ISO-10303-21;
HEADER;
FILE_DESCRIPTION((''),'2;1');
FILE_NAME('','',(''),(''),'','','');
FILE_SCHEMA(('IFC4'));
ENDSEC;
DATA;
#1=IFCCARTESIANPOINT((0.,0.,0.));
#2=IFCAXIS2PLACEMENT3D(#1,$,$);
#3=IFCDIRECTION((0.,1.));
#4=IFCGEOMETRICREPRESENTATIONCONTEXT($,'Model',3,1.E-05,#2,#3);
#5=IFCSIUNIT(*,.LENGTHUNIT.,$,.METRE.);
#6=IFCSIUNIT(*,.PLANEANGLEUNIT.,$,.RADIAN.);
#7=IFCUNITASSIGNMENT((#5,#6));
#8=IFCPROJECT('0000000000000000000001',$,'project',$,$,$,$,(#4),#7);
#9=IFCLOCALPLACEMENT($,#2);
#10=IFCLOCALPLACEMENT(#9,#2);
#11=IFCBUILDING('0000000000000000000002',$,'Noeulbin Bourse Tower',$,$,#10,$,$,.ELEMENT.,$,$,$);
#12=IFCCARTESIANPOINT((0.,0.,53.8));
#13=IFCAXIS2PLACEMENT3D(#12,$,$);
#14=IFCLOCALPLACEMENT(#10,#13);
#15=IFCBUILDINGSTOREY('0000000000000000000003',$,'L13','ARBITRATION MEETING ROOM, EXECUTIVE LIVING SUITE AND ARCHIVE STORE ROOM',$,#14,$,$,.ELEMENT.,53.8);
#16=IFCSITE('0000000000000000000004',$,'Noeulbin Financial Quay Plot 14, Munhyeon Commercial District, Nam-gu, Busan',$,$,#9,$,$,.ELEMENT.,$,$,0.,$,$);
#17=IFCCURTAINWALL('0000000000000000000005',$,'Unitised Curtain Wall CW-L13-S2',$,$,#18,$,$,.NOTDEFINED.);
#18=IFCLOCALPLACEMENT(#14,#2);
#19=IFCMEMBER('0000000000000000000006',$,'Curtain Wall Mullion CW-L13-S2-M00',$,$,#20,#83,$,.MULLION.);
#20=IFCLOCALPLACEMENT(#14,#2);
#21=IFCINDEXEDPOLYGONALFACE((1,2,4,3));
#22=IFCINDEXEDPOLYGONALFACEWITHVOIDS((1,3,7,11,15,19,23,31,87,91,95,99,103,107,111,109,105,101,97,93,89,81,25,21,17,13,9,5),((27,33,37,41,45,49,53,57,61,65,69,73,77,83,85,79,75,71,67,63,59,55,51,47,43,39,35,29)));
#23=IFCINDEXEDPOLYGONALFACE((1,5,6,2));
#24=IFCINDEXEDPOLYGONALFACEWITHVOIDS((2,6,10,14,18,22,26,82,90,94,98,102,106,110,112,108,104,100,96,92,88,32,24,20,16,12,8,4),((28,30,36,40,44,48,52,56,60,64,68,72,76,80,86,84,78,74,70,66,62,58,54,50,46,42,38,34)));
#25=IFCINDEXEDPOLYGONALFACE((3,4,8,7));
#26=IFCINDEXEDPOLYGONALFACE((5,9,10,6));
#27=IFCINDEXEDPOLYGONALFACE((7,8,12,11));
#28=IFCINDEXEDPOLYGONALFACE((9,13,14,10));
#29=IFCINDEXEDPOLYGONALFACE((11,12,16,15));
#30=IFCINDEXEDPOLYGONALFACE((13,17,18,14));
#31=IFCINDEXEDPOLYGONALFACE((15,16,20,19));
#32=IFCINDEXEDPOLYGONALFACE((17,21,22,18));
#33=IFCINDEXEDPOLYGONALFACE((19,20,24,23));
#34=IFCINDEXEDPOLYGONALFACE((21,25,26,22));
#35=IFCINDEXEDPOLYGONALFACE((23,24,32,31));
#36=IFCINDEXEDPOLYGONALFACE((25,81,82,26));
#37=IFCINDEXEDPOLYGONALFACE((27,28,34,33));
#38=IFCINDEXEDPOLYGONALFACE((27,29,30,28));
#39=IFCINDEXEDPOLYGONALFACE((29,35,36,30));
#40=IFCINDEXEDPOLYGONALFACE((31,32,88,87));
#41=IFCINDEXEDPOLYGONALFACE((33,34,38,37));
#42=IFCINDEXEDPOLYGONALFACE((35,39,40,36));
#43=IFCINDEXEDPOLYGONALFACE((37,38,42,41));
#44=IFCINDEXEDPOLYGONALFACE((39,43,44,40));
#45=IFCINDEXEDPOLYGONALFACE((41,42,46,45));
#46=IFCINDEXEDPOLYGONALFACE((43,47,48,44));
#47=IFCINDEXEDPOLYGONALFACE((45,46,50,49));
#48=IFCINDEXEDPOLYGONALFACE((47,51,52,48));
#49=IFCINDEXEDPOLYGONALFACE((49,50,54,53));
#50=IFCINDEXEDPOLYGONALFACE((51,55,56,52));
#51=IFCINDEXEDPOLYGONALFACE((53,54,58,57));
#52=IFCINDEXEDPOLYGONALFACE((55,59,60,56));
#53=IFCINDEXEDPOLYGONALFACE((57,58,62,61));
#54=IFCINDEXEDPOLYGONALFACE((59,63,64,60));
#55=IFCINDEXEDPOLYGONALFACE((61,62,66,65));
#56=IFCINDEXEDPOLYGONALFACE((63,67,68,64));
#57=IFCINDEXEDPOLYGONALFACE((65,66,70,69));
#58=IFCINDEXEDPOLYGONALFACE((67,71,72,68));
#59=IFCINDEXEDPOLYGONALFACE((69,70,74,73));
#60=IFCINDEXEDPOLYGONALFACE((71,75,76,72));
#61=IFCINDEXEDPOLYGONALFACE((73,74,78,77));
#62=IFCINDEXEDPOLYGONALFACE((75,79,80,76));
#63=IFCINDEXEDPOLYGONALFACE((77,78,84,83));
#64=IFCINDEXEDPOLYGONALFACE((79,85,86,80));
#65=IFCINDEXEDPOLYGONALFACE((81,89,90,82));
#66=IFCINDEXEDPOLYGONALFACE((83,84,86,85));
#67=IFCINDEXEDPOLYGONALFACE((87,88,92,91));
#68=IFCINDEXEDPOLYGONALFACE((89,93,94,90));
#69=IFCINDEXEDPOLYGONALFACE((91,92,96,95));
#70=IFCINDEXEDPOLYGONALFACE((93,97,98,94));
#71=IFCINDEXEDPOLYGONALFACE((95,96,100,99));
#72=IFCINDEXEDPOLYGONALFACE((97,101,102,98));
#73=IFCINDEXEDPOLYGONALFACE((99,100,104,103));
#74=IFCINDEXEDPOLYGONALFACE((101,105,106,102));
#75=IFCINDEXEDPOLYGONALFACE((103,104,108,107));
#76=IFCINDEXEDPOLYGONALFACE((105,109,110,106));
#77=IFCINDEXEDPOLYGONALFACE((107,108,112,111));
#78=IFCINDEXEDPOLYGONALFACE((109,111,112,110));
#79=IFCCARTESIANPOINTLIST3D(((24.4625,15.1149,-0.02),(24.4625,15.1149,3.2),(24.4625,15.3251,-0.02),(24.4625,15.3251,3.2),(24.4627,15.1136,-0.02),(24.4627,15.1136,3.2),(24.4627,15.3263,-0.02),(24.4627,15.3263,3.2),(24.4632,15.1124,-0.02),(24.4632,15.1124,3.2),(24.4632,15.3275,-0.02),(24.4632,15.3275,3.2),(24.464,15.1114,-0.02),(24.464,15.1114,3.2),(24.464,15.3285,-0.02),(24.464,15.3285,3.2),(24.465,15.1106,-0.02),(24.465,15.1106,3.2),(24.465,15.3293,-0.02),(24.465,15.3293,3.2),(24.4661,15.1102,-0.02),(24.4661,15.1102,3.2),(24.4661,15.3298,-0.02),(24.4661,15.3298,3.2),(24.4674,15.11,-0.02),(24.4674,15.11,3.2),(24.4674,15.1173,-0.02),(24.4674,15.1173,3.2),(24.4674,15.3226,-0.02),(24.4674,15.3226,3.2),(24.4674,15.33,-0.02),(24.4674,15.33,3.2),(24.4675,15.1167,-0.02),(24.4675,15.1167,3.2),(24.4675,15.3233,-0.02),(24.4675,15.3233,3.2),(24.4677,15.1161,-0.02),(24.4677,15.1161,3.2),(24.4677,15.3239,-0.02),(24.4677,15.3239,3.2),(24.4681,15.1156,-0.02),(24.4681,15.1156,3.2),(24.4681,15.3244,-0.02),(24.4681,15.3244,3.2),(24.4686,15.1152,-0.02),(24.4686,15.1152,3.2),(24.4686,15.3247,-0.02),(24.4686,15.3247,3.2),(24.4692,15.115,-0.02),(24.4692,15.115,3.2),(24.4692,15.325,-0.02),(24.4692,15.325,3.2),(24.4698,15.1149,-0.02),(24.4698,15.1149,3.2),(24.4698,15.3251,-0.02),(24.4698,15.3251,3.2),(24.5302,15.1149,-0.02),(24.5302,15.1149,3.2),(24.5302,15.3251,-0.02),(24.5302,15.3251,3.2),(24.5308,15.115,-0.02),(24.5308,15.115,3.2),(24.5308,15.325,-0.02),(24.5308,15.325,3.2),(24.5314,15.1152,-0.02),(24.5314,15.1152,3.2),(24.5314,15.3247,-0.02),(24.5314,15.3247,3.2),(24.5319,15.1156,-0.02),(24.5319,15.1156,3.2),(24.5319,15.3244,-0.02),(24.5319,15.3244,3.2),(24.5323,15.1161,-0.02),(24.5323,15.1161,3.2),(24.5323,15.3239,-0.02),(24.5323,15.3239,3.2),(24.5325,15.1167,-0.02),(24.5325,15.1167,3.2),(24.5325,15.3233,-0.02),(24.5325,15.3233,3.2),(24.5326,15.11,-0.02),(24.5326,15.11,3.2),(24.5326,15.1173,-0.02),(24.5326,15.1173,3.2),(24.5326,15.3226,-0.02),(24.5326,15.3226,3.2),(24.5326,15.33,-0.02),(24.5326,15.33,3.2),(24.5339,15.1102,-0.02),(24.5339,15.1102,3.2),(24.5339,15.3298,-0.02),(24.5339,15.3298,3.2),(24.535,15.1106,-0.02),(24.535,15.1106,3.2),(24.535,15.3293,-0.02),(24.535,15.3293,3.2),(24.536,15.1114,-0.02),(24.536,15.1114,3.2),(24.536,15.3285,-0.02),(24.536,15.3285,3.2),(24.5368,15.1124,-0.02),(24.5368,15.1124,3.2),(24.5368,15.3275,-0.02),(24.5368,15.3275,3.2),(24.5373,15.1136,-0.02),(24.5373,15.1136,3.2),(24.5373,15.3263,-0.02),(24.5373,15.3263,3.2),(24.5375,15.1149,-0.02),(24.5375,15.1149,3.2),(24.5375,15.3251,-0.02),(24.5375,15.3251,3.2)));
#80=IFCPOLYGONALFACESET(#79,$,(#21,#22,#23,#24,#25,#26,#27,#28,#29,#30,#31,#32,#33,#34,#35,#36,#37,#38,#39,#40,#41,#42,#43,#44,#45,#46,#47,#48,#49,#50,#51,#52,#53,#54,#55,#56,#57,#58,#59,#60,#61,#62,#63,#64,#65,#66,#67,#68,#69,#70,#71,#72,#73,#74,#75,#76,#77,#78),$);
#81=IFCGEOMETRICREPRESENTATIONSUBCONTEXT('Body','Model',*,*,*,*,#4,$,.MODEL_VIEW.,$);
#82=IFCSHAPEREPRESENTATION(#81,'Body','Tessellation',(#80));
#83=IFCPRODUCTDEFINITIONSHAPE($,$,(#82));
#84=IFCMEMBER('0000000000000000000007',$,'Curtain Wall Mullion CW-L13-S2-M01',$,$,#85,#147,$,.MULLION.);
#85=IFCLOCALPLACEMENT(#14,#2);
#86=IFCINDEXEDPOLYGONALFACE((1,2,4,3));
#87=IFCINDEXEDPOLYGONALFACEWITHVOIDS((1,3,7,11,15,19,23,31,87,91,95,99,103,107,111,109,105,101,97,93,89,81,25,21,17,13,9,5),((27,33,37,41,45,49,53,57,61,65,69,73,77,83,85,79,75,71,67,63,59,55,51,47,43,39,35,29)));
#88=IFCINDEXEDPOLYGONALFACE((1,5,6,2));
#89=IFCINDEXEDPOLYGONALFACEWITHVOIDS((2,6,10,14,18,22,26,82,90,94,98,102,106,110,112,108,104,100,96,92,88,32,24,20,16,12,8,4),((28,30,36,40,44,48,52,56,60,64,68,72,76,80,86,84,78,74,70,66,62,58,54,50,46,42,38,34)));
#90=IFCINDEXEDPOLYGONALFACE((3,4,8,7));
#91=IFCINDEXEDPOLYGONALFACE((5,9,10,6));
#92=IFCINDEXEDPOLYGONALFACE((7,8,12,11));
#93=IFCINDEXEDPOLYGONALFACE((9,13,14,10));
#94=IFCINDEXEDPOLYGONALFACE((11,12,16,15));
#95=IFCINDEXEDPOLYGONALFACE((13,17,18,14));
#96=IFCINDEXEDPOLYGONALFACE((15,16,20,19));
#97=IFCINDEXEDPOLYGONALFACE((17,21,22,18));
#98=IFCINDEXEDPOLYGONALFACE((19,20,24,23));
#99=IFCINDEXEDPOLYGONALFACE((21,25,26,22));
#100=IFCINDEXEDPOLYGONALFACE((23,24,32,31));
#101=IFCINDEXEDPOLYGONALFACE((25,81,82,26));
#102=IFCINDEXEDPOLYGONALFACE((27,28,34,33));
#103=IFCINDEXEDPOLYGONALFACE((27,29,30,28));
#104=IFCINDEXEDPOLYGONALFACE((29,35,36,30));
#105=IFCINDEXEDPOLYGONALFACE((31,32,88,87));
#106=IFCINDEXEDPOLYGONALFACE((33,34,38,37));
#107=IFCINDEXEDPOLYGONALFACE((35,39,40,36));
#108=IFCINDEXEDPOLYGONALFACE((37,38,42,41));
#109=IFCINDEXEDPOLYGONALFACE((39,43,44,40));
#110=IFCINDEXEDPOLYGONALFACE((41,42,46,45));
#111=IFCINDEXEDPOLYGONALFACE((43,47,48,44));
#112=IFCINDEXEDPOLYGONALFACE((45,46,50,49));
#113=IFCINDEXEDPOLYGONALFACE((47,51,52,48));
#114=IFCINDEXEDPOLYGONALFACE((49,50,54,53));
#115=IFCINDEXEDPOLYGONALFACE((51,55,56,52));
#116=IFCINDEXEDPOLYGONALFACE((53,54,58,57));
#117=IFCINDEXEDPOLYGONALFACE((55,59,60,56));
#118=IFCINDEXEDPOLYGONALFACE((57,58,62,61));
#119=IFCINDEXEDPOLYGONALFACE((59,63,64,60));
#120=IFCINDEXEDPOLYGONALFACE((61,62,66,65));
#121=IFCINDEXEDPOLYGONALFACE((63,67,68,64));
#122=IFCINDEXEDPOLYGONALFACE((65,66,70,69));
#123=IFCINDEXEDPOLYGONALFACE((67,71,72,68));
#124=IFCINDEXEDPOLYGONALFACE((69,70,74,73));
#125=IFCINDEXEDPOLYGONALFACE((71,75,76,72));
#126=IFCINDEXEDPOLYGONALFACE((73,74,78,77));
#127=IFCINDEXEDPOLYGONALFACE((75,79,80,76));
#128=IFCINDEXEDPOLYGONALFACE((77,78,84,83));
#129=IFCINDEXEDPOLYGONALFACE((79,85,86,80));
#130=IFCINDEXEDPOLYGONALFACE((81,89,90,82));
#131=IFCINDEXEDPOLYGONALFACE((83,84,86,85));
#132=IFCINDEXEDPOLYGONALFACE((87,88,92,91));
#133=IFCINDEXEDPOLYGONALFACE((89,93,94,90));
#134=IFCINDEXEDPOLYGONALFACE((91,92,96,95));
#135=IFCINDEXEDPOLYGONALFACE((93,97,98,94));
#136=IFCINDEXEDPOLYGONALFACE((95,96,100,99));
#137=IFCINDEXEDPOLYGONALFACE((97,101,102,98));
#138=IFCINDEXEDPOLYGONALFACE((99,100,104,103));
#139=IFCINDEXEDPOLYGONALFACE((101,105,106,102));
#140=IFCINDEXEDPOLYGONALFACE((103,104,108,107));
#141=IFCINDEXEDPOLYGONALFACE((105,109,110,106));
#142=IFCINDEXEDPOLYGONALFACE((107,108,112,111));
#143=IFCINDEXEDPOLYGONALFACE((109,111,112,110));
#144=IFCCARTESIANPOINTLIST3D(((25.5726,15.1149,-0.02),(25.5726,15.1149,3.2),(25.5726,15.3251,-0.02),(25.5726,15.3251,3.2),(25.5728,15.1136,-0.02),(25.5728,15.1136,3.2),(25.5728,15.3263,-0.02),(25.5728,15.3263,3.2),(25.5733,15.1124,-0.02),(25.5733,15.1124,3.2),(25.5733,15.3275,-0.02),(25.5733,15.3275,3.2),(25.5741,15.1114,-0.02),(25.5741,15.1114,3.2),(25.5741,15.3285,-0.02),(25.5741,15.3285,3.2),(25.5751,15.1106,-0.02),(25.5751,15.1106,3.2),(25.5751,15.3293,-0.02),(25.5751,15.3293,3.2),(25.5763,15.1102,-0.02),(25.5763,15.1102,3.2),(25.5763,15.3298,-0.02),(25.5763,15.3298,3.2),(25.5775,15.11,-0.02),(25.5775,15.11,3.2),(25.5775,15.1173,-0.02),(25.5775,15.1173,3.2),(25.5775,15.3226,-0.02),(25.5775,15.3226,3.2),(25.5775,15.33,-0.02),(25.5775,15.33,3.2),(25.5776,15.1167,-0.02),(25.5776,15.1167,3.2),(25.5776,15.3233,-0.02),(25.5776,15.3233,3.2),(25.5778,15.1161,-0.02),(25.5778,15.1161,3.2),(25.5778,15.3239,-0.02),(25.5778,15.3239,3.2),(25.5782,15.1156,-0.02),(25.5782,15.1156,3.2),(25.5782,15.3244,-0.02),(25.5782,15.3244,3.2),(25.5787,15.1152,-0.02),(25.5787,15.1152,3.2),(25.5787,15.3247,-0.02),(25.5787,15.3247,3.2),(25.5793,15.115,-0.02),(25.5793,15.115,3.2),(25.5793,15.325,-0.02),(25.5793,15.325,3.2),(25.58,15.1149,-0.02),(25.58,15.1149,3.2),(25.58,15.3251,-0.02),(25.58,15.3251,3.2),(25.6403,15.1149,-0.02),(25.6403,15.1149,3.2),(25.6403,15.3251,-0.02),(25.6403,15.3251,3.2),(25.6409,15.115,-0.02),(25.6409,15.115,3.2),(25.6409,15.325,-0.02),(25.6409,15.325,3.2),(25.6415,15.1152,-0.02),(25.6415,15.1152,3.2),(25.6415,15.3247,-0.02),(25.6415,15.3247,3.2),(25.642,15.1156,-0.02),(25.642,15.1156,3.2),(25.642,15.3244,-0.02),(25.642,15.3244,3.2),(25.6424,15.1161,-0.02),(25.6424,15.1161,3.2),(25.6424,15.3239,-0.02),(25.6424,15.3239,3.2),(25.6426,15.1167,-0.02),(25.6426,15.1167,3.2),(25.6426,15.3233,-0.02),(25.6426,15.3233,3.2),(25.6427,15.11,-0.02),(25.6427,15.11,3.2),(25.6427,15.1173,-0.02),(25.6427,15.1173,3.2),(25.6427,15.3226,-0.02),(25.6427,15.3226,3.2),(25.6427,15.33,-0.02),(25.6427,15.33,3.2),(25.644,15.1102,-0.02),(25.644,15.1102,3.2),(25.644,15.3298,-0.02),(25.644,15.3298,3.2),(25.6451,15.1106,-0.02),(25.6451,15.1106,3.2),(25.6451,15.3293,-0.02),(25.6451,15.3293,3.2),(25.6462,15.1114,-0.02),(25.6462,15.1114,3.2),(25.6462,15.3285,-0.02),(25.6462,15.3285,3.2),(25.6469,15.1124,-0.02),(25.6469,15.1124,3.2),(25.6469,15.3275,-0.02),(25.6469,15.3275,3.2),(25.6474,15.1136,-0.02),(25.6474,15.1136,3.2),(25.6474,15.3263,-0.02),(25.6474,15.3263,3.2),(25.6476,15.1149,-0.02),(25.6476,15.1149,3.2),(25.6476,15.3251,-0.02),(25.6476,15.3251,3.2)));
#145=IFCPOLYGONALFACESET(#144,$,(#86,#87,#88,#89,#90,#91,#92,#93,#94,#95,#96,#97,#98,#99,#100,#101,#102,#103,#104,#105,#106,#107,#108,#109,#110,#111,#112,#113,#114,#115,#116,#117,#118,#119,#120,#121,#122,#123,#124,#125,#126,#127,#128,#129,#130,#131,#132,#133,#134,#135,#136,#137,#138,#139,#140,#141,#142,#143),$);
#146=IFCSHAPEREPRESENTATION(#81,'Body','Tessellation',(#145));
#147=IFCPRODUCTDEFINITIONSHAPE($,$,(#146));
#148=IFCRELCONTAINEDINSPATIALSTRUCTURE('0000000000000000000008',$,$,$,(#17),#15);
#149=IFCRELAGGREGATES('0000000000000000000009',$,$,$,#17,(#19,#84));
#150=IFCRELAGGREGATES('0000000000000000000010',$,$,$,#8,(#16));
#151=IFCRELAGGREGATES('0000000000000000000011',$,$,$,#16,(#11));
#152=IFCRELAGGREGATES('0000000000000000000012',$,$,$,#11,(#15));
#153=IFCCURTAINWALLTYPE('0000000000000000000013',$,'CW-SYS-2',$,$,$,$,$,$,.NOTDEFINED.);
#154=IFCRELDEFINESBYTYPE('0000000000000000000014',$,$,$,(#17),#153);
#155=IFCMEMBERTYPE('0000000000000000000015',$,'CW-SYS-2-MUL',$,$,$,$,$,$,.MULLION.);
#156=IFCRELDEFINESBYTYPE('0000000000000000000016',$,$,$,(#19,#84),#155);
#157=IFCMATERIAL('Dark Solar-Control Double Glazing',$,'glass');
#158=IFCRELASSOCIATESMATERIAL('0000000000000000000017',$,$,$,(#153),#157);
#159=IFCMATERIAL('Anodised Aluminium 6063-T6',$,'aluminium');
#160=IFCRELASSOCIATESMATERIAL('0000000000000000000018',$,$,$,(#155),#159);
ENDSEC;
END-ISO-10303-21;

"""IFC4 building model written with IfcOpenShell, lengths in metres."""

from ifc_helpers import new_model, si_unit, direction, frame, origin, origin_2d, place, context, subcontext, project, spatial, hollow_rectangle, extrude, material, material_profile, profile_set, type_object, element, aggregate, save


model = new_model("IFC4")

# Units and contexts
model_context = context("Model", 3, precision=1e-05, world=origin(), true_north=direction((0.0, 1.0)))
body_context = subcontext(model_context, "Body", "Model", "MODEL_VIEW")
ifc_project = project(units=[si_unit("LENGTHUNIT", "METRE"), si_unit("PLANEANGLEUNIT", "RADIAN")], contexts=[model_context])

# Site, building, storey
site_placement = place(None, origin())
site = spatial("IfcSite", under=ifc_project, at=site_placement, Name="Noeulbin Financial Quay Plot 14, Munhyeon Commercial District, Nam-gu, Busan", CompositionType="ELEMENT", RefElevation=0.0)
building_placement = place(site_placement, origin())
building = spatial("IfcBuilding", under=site, at=building_placement, Name="Noeulbin Bourse Tower", CompositionType="ELEMENT")
storey_placement = place(building_placement, frame((0.0, 0.0, 53.8)))
storey = spatial("IfcBuildingStorey", under=building, at=storey_placement, Name="L13", Description="ARBITRATION MEETING ROOM, EXECUTIVE LIVING SUITE AND ARCHIVE STORE ROOM", CompositionType="ELEMENT", Elevation=53.8)

# Curtain wall, members
ifc_material_1 = material(Name="Dark Solar-Control Double Glazing", Category="glass")
curtain_wall_type = type_object("IfcCurtainWallType", Name="CW-SYS-2", PredefinedType="NOTDEFINED", material=ifc_material_1)
ifc_material_2 = material(Name="Anodised Aluminium 6063-T6", Category="aluminium")
ifc_material_profile_1 = material_profile(ifc_material_2, hollow_rectangle(XDim=0.075, YDim=0.22, WallThickness=0.0049, InnerFilletRadius=0.0024, OuterFilletRadius=0.0049, at=origin_2d()), Name="ALU-MULL-75x220x5", Category="LoadBearing")
ifc_profile_set_1 = profile_set([ifc_material_profile_1], Name="Anodised Aluminium 6063-T6")
member_type_1 = type_object("IfcMemberType", Name="CW-SYS-2-MUL", PredefinedType="MULLION", material=ifc_profile_set_1)
curtain_wall_1_placement = place(storey_placement, origin())
curtain_wall_1 = element("IfcCurtainWall", 1, at=curtain_wall_1_placement, inside=storey, type_object=curtain_wall_type, Name="Unitised Curtain Wall CW-L13-S2", PredefinedType="NOTDEFINED")
member_1_placement = place(storey_placement, frame((24.5, 15.22, -0.02), z_axis=(0.0, 0.0, 1.0), x_axis=(1.0, 0.0, 0.0)))
member_1 = element("IfcMember", 2, at=member_1_placement, type_object=member_type_1, Name="Curtain Wall Mullion CW-L13-S2-M00", PredefinedType="MULLION", context=body_context, shape_type="SweptSolid", body=[
    extrude(hollow_rectangle(XDim=0.075, YDim=0.22, WallThickness=0.0049, InnerFilletRadius=0.0024, OuterFilletRadius=0.0049, at=origin_2d()), origin(), (0.0, 0.0, 1.0), 3.22),
])
member_2_placement = place(storey_placement, frame((25.6101, 15.22, -0.02), z_axis=(0.0, 0.0, 1.0), x_axis=(1.0, 0.0, 0.0)))
member_2 = element("IfcMember", 3, at=member_2_placement, type_object=member_type_1, Name="Curtain Wall Mullion CW-L13-S2-M01", PredefinedType="MULLION", context=body_context, shape_type="SweptSolid", body=[
    extrude(hollow_rectangle(XDim=0.075, YDim=0.22, WallThickness=0.0049, InnerFilletRadius=0.0024, OuterFilletRadius=0.0049, at=origin_2d()), origin(), (0.0, 0.0, 1.0), 3.22),
])

aggregate(curtain_wall_1, [member_1, member_2])

save(model, "model.ifc")
